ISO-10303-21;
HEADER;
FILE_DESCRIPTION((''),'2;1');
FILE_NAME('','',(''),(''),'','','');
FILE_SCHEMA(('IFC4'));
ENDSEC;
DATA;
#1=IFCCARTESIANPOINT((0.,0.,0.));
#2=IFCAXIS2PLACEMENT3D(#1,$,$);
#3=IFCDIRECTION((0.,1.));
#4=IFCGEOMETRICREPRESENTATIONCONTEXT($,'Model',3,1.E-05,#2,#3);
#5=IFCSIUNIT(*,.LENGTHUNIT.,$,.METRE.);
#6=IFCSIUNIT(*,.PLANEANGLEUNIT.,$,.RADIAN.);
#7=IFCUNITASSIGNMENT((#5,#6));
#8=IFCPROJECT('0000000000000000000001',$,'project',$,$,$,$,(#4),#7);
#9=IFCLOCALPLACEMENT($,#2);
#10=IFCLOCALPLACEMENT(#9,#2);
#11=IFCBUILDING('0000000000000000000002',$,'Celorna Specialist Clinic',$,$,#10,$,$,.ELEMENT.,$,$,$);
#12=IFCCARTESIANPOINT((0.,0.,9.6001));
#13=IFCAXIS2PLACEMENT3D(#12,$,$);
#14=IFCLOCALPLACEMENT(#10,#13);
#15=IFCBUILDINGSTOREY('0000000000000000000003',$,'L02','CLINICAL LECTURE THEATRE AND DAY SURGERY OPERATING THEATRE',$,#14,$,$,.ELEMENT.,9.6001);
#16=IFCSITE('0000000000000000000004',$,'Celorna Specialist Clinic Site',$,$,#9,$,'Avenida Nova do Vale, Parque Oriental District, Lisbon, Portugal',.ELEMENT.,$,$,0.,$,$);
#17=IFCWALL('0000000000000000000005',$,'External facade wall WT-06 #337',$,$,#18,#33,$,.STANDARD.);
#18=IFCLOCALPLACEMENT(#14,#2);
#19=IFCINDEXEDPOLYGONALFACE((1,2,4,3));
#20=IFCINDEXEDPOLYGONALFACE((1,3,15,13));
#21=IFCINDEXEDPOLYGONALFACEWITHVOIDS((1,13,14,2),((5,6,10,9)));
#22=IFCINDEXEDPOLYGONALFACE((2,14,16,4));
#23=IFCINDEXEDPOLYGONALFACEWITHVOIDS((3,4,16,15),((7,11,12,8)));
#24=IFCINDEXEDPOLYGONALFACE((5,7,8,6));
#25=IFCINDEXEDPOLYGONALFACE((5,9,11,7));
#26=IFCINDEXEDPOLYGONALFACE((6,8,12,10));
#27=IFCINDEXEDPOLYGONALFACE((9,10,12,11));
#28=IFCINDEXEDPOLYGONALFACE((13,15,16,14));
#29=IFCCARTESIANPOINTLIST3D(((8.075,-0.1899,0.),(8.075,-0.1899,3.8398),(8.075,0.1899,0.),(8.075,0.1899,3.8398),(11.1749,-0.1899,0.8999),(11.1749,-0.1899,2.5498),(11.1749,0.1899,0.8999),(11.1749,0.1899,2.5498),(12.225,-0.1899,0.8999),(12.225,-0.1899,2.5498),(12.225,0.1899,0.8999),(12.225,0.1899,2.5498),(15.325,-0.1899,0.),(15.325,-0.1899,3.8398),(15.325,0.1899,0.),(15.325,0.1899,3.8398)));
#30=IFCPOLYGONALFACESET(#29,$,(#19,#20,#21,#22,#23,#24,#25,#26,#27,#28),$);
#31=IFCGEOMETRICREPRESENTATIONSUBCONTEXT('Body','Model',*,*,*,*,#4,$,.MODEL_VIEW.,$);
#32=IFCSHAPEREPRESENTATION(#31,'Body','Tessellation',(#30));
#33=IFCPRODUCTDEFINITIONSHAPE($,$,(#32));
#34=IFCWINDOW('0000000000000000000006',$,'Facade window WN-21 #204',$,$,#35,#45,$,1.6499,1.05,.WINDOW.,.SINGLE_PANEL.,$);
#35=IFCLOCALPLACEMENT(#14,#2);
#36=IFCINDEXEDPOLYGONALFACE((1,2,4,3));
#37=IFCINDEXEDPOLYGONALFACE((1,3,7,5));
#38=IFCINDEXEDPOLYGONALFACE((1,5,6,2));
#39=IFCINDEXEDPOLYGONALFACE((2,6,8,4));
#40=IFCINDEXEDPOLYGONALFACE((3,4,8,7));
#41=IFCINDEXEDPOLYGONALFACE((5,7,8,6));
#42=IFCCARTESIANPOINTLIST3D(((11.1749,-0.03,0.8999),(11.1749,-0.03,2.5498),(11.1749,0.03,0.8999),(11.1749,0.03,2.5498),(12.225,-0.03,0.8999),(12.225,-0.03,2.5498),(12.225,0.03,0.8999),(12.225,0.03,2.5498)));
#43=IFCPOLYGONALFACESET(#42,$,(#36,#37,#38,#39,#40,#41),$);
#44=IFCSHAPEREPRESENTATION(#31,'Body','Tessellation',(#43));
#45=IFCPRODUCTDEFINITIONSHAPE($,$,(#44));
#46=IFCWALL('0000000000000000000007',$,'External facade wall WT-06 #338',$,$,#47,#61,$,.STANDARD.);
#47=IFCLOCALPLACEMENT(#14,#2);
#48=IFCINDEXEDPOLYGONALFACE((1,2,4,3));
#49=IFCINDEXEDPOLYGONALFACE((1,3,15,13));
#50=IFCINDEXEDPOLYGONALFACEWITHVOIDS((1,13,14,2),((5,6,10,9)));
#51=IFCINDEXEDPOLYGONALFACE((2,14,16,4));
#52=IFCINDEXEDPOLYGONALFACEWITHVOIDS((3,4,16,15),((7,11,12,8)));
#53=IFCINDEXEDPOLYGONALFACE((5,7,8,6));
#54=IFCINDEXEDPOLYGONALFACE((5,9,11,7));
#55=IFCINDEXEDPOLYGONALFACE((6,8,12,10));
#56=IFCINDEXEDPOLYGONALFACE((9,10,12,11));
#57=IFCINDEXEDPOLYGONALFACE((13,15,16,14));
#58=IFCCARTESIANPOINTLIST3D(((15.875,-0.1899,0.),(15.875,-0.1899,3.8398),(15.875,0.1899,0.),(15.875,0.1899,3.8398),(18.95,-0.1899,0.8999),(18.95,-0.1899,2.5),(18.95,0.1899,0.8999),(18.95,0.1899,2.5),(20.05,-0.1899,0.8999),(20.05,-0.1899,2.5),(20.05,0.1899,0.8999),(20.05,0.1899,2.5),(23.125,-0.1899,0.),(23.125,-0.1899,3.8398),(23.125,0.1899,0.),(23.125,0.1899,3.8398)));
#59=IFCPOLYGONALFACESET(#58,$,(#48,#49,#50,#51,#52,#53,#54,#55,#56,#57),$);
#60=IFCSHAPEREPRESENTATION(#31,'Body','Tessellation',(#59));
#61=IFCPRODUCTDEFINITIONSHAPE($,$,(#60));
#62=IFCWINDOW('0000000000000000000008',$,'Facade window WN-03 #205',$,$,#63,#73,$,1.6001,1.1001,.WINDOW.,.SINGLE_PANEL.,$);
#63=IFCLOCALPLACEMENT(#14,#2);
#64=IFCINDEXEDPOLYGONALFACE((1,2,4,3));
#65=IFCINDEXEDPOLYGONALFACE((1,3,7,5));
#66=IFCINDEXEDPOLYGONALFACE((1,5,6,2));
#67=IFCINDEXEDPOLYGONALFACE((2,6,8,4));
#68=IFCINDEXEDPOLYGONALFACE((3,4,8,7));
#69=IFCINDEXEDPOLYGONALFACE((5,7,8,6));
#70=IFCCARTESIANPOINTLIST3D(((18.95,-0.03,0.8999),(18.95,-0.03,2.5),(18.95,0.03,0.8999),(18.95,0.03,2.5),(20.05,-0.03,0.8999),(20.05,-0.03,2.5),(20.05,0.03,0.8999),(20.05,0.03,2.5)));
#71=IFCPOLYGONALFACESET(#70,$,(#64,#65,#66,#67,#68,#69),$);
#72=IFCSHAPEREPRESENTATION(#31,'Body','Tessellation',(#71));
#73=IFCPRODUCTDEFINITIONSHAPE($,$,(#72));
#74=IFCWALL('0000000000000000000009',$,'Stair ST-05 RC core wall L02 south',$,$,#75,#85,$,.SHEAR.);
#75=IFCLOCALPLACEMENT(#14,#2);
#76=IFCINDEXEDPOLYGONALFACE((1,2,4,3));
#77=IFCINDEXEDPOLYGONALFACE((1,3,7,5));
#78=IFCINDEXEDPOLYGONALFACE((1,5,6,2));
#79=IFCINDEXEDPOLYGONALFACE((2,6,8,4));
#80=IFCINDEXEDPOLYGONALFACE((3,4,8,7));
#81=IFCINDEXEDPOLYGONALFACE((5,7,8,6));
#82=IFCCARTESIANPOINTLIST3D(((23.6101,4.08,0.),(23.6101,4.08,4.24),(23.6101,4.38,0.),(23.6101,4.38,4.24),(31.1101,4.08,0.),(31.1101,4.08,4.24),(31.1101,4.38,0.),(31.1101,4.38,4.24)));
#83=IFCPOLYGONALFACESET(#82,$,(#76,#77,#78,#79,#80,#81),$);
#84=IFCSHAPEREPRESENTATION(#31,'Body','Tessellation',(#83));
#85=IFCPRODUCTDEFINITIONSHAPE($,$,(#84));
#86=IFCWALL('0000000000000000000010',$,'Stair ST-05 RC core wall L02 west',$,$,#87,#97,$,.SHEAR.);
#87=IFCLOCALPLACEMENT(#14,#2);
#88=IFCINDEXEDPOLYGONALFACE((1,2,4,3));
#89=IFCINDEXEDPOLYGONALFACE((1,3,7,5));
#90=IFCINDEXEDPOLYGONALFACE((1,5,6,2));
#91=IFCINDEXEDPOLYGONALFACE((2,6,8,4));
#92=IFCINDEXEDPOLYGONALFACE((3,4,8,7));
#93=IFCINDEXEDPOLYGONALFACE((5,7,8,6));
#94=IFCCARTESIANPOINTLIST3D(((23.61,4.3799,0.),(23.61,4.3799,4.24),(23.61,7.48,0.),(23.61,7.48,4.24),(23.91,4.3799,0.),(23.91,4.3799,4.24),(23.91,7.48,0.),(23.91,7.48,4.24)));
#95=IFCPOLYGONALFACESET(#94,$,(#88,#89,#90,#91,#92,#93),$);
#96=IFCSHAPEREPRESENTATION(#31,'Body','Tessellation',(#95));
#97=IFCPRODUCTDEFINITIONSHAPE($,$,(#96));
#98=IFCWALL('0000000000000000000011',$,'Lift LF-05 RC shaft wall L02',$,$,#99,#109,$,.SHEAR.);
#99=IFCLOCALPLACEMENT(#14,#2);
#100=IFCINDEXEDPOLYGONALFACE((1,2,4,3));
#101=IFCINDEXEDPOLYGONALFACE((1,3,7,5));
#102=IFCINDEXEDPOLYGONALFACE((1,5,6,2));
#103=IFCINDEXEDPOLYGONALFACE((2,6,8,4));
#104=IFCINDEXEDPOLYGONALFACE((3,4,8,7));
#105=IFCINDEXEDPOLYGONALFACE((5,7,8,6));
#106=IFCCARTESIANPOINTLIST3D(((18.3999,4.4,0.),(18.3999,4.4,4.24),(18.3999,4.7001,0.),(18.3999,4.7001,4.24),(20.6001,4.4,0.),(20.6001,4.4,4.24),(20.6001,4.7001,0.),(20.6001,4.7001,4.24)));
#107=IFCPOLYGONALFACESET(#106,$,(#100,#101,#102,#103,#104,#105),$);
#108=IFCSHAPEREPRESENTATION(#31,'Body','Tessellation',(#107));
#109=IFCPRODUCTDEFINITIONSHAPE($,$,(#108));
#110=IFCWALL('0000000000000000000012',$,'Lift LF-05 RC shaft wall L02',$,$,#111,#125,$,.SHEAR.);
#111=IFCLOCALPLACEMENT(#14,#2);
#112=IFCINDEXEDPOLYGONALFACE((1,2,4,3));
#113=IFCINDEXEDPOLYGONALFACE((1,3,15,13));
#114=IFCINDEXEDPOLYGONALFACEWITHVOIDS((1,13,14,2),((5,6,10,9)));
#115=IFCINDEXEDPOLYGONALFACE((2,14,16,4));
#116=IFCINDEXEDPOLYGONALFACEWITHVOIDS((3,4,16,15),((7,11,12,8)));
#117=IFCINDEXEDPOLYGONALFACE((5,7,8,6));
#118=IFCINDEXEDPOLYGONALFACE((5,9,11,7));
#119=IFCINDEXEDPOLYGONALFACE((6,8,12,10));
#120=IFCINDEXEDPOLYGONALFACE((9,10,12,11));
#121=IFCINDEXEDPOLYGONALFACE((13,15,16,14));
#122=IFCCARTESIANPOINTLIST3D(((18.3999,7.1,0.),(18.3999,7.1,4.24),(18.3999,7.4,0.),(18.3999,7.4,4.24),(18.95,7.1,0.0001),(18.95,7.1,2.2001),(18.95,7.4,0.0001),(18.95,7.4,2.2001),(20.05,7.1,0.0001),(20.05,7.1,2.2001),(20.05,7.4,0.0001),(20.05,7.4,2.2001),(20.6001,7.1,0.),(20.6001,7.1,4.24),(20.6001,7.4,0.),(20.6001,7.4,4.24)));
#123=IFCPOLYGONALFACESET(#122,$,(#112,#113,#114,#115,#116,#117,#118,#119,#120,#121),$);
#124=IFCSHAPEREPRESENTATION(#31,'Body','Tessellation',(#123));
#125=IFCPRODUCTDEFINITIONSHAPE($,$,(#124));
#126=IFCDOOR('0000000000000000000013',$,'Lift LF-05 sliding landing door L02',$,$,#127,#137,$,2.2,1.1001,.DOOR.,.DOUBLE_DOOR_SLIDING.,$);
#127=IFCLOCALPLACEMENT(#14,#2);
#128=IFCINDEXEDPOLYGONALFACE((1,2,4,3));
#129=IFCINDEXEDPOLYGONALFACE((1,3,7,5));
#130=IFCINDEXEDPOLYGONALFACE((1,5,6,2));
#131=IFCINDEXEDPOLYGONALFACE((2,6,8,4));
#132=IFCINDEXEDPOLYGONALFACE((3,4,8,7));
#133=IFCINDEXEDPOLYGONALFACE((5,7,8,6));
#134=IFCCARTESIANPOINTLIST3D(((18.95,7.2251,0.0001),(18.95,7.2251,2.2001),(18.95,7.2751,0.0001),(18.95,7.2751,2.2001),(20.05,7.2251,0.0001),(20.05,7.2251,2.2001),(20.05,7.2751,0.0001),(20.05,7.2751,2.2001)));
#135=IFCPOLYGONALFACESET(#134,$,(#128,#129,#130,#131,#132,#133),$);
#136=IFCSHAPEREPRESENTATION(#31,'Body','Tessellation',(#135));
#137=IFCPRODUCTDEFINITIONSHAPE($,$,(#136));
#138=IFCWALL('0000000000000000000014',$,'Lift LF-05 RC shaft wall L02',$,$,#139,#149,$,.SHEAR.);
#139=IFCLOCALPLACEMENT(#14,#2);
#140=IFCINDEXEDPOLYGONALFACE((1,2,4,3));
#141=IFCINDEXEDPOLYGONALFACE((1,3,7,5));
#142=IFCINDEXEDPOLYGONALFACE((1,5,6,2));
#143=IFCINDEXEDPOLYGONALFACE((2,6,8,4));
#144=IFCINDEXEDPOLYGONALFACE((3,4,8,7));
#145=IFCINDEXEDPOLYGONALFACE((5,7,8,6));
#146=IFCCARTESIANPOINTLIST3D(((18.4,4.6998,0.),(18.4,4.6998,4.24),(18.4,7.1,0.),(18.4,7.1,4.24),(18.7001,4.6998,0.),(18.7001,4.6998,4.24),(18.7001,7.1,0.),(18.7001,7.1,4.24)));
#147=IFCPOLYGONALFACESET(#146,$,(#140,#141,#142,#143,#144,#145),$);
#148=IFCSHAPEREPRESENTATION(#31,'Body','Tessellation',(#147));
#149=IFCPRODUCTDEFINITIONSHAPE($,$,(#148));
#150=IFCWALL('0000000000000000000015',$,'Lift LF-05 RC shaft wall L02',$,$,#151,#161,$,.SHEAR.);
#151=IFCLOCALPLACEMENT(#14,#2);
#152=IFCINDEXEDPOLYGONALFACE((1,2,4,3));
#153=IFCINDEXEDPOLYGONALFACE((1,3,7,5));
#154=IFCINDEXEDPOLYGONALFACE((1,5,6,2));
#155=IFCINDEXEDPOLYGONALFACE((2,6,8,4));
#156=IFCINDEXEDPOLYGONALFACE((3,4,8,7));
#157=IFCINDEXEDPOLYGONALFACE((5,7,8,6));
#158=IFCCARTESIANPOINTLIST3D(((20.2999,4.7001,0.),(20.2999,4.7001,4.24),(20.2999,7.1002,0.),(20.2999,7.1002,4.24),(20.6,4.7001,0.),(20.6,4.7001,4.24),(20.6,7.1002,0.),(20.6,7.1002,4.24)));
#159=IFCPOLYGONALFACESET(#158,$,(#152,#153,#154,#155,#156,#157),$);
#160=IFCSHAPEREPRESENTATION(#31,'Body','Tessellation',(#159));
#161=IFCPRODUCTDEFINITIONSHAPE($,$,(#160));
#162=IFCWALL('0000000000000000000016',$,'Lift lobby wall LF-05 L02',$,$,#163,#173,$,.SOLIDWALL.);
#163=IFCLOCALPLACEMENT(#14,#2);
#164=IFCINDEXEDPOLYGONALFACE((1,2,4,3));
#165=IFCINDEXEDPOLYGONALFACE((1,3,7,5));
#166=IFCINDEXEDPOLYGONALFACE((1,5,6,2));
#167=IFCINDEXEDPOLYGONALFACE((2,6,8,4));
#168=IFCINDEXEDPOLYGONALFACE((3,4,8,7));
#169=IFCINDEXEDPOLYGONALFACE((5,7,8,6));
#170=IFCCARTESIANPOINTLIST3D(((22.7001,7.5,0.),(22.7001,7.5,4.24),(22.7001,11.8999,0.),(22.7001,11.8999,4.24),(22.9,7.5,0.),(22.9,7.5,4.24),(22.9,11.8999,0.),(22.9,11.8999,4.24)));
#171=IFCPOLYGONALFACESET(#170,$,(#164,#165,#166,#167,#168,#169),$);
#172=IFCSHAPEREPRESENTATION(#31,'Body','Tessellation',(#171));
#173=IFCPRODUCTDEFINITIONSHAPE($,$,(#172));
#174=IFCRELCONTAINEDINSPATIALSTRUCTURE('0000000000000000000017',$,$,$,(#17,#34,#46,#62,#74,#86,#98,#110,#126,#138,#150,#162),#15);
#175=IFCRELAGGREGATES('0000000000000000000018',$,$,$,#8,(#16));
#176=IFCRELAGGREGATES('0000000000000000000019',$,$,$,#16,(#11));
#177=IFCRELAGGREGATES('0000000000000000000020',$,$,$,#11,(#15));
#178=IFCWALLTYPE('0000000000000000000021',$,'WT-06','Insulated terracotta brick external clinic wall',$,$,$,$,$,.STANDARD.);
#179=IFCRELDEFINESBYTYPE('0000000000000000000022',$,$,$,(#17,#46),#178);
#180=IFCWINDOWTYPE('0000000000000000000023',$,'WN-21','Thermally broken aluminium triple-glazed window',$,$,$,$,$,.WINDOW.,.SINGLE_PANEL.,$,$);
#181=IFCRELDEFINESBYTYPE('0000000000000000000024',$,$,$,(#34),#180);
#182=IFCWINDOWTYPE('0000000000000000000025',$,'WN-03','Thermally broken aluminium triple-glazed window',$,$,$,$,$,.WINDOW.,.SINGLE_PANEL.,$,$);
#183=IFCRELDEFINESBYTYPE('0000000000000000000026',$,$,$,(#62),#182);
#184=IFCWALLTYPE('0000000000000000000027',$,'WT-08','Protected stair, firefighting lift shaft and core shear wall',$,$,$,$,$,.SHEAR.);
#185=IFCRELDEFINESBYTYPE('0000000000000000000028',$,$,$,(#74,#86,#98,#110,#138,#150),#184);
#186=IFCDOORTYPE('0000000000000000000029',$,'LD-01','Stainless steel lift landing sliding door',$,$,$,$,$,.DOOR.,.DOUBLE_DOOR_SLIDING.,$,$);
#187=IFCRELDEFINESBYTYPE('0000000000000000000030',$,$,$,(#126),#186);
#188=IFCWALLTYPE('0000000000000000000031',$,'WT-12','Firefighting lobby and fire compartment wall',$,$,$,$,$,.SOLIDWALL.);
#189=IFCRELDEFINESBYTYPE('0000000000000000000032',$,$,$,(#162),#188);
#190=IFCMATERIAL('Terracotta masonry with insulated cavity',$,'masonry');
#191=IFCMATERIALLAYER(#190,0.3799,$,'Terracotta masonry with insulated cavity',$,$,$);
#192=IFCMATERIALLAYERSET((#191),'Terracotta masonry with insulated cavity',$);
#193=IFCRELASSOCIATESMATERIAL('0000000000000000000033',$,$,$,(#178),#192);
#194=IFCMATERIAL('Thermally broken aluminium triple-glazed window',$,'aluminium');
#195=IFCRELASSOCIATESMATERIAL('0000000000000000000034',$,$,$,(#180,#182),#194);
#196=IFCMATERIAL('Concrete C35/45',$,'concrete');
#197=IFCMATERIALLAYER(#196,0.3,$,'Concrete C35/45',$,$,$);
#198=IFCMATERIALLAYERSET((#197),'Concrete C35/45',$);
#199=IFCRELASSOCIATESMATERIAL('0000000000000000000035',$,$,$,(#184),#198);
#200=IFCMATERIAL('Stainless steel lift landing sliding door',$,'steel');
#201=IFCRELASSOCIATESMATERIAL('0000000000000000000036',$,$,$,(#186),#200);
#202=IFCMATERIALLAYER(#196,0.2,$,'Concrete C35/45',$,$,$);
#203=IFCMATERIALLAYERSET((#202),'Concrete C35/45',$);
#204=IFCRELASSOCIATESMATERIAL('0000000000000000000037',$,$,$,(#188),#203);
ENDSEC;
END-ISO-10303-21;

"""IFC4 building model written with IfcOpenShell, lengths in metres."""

from ifc_helpers import new_model, si_unit, direction, frame, frame_2d, origin, place, context, subcontext, project, spatial, rectangle, extrude, material, layer, layer_set, type_object, element, fill, save


model = new_model("IFC4")

# Units and contexts
model_context = context("Model", 3, precision=1e-05, world=origin(), true_north=direction((0.0, 1.0)))
body_context = subcontext(model_context, "Body", "Model", "MODEL_VIEW")
ifc_project = project(units=[si_unit("LENGTHUNIT", "METRE"), si_unit("PLANEANGLEUNIT", "RADIAN")], contexts=[model_context])

# Site, building, storey
site_placement = place(None, origin())
site = spatial("IfcSite", under=ifc_project, at=site_placement, Name="Celorna Specialist Clinic Site", LongName="Avenida Nova do Vale, Parque Oriental District, Lisbon, Portugal", CompositionType="ELEMENT", RefElevation=0.0)
building_placement = place(site_placement, origin())
building = spatial("IfcBuilding", under=site, at=building_placement, Name="Celorna Specialist Clinic", CompositionType="ELEMENT")
storey_placement = place(building_placement, frame((0.0, 0.0, 9.6001)))
storey = spatial("IfcBuildingStorey", under=building, at=storey_placement, Name="L02", Description="CLINICAL LECTURE THEATRE AND DAY SURGERY OPERATING THEATRE", CompositionType="ELEMENT", Elevation=9.6001)

# Shared definitions
ifc_material_1 = material(Name="Concrete C35/45", Category="concrete")

# Walls, openings, windows
ifc_material_2 = material(Name="Terracotta masonry with insulated cavity", Category="masonry")
ifc_layer_1 = layer(ifc_material_2, 0.3799, Name="Terracotta masonry with insulated cavity")
ifc_layer_set_1 = layer_set([ifc_layer_1], Name="Terracotta masonry with insulated cavity")
wall_type_1 = type_object("IfcWallType", Name="WT-06", Description="Insulated terracotta brick external clinic wall", PredefinedType="STANDARD", material=ifc_layer_set_1)
wall_1_placement = place(storey_placement, frame((15.325, 0.0, 0.0), z_axis=(0.0, 0.0, 1.0), x_axis=(-1.0, 0.0, 0.0)))
wall_1 = element("IfcWall", 1, at=wall_1_placement, inside=storey, type_object=wall_type_1, Name="External facade wall WT-06 #337", PredefinedType="STANDARD", context=body_context, shape_type="SweptSolid", body=[
    extrude(rectangle(XDim=7.25, YDim=0.3799, at=frame_2d((3.625, 0.0))), origin(), (0.0, 0.0, 1.0), 3.8398),
])
opening_1_placement = place(wall_1_placement, frame((3.1001, 0.0, 0.8999)))
opening_1 = element("IfcOpeningElement", 2, at=opening_1_placement, cuts=wall_1, PredefinedType="OPENING", context=body_context, shape_type="SweptSolid", body=[
    extrude(rectangle(XDim=1.05, YDim=1.6499, at=frame_2d((0.5249, 0.825))), frame((0.0, 0.2, 0.0), z_axis=(0.0, -1.0, 0.0), x_axis=(1.0, 0.0, 0.0)), (0.0, 0.0, 1.0), 0.3999),
])
ifc_material_3 = material(Name="Thermally broken aluminium triple-glazed window", Category="aluminium")
window_type_1 = type_object("IfcWindowType", Name="WN-21", Description="Thermally broken aluminium triple-glazed window", PartitioningType="SINGLE_PANEL", PredefinedType="WINDOW", material=ifc_material_3)
window_1_placement = place(opening_1_placement, origin())
window_1 = element("IfcWindow", 3, at=window_1_placement, inside=storey, type_object=window_type_1, Name="Facade window WN-21 #204", OverallHeight=1.6499, OverallWidth=1.05, PartitioningType="SINGLE_PANEL", PredefinedType="WINDOW", context=body_context, shape_type="SweptSolid", body=[
    extrude(rectangle(XDim=1.05, YDim=1.6499, at=frame_2d((0.5249, 0.825))), frame((0.0, 0.03, 0.0), z_axis=(0.0, -1.0, 0.0), x_axis=(1.0, 0.0, 0.0)), (0.0, 0.0, 1.0), 0.0601),
])
fill(opening_1, window_1)
wall_2_placement = place(storey_placement, frame((23.125, 0.0, 0.0), z_axis=(0.0, 0.0, 1.0), x_axis=(-1.0, 0.0, 0.0)))
wall_2 = element("IfcWall", 4, at=wall_2_placement, inside=storey, type_object=wall_type_1, Name="External facade wall WT-06 #338", PredefinedType="STANDARD", context=body_context, shape_type="SweptSolid", body=[
    extrude(rectangle(XDim=7.25, YDim=0.3799, at=frame_2d((3.625, 0.0))), origin(), (0.0, 0.0, 1.0), 3.8398),
])
opening_2_placement = place(wall_2_placement, frame((3.075, 0.0, 0.8999)))
opening_2 = element("IfcOpeningElement", 5, at=opening_2_placement, cuts=wall_2, PredefinedType="OPENING", context=body_context, shape_type="SweptSolid", body=[
    extrude(rectangle(XDim=1.1001, YDim=1.6001, at=frame_2d((0.55, 0.8))), frame((0.0, 0.2, 0.0), z_axis=(0.0, -1.0, 0.0), x_axis=(1.0, 0.0, 0.0)), (0.0, 0.0, 1.0), 0.3999),
])
window_type_2 = type_object("IfcWindowType", Name="WN-03", Description="Thermally broken aluminium triple-glazed window", PartitioningType="SINGLE_PANEL", PredefinedType="WINDOW", material=ifc_material_3)
window_2_placement = place(opening_2_placement, origin())
window_2 = element("IfcWindow", 6, at=window_2_placement, inside=storey, type_object=window_type_2, Name="Facade window WN-03 #205", OverallHeight=1.6001, OverallWidth=1.1001, PartitioningType="SINGLE_PANEL", PredefinedType="WINDOW", context=body_context, shape_type="SweptSolid", body=[
    extrude(rectangle(XDim=1.1001, YDim=1.6001, at=frame_2d((0.55, 0.8))), frame((0.0, 0.03, 0.0), z_axis=(0.0, -1.0, 0.0), x_axis=(1.0, 0.0, 0.0)), (0.0, 0.0, 1.0), 0.0601),
])
fill(opening_2, window_2)

# Walls
ifc_layer_2 = layer(ifc_material_1, 0.3, Name="Concrete C35/45")
ifc_layer_set_2 = layer_set([ifc_layer_2], Name="Concrete C35/45")
wall_type_2 = type_object("IfcWallType", Name="WT-08", Description="Protected stair, firefighting lift shaft and core shear wall", PredefinedType="SHEAR", material=ifc_layer_set_2)
wall_3_placement = place(storey_placement, frame((23.6101, 4.23, 0.0), z_axis=(0.0, 0.0, 1.0), x_axis=(1.0, 0.0, 0.0)))
element("IfcWall", 7, at=wall_3_placement, inside=storey, type_object=wall_type_2, Name="Stair ST-05 RC core wall L02 south", PredefinedType="SHEAR", context=body_context, shape_type="SweptSolid", body=[
    extrude(rectangle(XDim=7.5, YDim=0.3, at=frame_2d((3.75, 0.0))), origin(), (0.0, 0.0, 1.0), 4.24),
])
wall_4_placement = place(storey_placement, frame((23.76, 7.48, 0.0), z_axis=(0.0, 0.0, 1.0), x_axis=(0.0, -1.0, 0.0)))
element("IfcWall", 8, at=wall_4_placement, inside=storey, type_object=wall_type_2, Name="Stair ST-05 RC core wall L02 west", PredefinedType="SHEAR", context=body_context, shape_type="SweptSolid", body=[
    extrude(rectangle(XDim=3.1001, YDim=0.3, at=frame_2d((1.55, 0.0))), origin(), (0.0, 0.0, 1.0), 4.24),
])
wall_5_placement = place(storey_placement, frame((18.3999, 4.55, 0.0), z_axis=(0.0, 0.0, 1.0), x_axis=(1.0, 0.0, 0.0)))
element("IfcWall", 9, at=wall_5_placement, inside=storey, type_object=wall_type_2, Name="Lift LF-05 RC shaft wall L02", PredefinedType="SHEAR", context=body_context, shape_type="SweptSolid", body=[
    extrude(rectangle(XDim=2.2002, YDim=0.3, at=frame_2d((1.1001, 0.0))), origin(), (0.0, 0.0, 1.0), 4.24),
])

# Wall, opening, door
wall_6_placement = place(storey_placement, frame((20.6001, 7.25, 0.0), z_axis=(0.0, 0.0, 1.0), x_axis=(-1.0, 0.0, 0.0)))
wall_6 = element("IfcWall", 10, at=wall_6_placement, inside=storey, type_object=wall_type_2, Name="Lift LF-05 RC shaft wall L02", PredefinedType="SHEAR", context=body_context, shape_type="SweptSolid", body=[
    extrude(rectangle(XDim=2.2002, YDim=0.3, at=frame_2d((1.1001, 0.0))), origin(), (0.0, 0.0, 1.0), 4.24),
])
opening_3_placement = place(wall_6_placement, frame((0.55, 0.0, 0.0)))
opening_3 = element("IfcOpeningElement", 11, at=opening_3_placement, cuts=wall_6, PredefinedType="OPENING", context=body_context, shape_type="SweptSolid", body=[
    extrude(rectangle(XDim=1.1001, YDim=2.2, at=frame_2d((0.55, 1.1001))), frame((0.0, 0.1599, 0.0), z_axis=(0.0, -1.0, 0.0), x_axis=(1.0, 0.0, 0.0)), (0.0, 0.0, 1.0), 0.3201),
])
ifc_material_4 = material(Name="Stainless steel lift landing sliding door", Category="steel")
door_type = type_object("IfcDoorType", Name="LD-01", Description="Stainless steel lift landing sliding door", OperationType="DOUBLE_DOOR_SLIDING", PredefinedType="DOOR", material=ifc_material_4)
door_placement = place(opening_3_placement, origin())
door = element("IfcDoor", 12, at=door_placement, inside=storey, type_object=door_type, Name="Lift LF-05 sliding landing door L02", OperationType="DOUBLE_DOOR_SLIDING", OverallHeight=2.2, OverallWidth=1.1001, PredefinedType="DOOR", context=body_context, shape_type="SweptSolid", body=[
    extrude(rectangle(XDim=1.1001, YDim=2.2, at=frame_2d((0.55, 1.1001))), frame((0.0, 0.0249, 0.0), z_axis=(0.0, -1.0, 0.0), x_axis=(1.0, 0.0, 0.0)), (0.0, 0.0, 1.0), 0.05),
])
fill(opening_3, door)

# Walls
for number, where, z_axis, x_axis, name in (
    (13, (18.55, 7.1001, 0.0), (0.0, 0.0, 1.0), (0.0, -1.0, 0.0), "Lift LF-05 RC shaft wall L02"),
    (14, (20.45, 4.7, 0.0), (0.0, 0.0, 1.0), (0.0, 1.0, 0.0), "Lift LF-05 RC shaft wall L02"),
):
    element("IfcWall", number, at=place(storey_placement, frame(where, z_axis=z_axis, x_axis=x_axis)), inside=storey, type_object=wall_type_2, Name=name, PredefinedType="SHEAR", context=body_context, shape_type="SweptSolid", body=[
        extrude(rectangle(XDim=2.4001, YDim=0.3, at=frame_2d((1.2002, 0.0))), origin(), (0.0, 0.0, 1.0), 4.24),
    ])
ifc_layer_3 = layer(ifc_material_1, 0.2, Name="Concrete C35/45")
ifc_layer_set_3 = layer_set([ifc_layer_3], Name="Concrete C35/45")
wall_type_3 = type_object("IfcWallType", Name="WT-12", Description="Firefighting lobby and fire compartment wall", PredefinedType="SOLIDWALL", material=ifc_layer_set_3)
wall_7_placement = place(storey_placement, frame((22.8, 7.5, 0.0), z_axis=(0.0, 0.0, 1.0), x_axis=(0.0, 1.0, 0.0)))
element("IfcWall", 15, at=wall_7_placement, inside=storey, type_object=wall_type_3, Name="Lift lobby wall LF-05 L02", PredefinedType="SOLIDWALL", context=body_context, shape_type="SweptSolid", body=[
    extrude(rectangle(XDim=4.3999, YDim=0.2, at=frame_2d((2.2, 0.0))), origin(), (0.0, 0.0, 1.0), 4.24),
])

save(model, "model.ifc")
